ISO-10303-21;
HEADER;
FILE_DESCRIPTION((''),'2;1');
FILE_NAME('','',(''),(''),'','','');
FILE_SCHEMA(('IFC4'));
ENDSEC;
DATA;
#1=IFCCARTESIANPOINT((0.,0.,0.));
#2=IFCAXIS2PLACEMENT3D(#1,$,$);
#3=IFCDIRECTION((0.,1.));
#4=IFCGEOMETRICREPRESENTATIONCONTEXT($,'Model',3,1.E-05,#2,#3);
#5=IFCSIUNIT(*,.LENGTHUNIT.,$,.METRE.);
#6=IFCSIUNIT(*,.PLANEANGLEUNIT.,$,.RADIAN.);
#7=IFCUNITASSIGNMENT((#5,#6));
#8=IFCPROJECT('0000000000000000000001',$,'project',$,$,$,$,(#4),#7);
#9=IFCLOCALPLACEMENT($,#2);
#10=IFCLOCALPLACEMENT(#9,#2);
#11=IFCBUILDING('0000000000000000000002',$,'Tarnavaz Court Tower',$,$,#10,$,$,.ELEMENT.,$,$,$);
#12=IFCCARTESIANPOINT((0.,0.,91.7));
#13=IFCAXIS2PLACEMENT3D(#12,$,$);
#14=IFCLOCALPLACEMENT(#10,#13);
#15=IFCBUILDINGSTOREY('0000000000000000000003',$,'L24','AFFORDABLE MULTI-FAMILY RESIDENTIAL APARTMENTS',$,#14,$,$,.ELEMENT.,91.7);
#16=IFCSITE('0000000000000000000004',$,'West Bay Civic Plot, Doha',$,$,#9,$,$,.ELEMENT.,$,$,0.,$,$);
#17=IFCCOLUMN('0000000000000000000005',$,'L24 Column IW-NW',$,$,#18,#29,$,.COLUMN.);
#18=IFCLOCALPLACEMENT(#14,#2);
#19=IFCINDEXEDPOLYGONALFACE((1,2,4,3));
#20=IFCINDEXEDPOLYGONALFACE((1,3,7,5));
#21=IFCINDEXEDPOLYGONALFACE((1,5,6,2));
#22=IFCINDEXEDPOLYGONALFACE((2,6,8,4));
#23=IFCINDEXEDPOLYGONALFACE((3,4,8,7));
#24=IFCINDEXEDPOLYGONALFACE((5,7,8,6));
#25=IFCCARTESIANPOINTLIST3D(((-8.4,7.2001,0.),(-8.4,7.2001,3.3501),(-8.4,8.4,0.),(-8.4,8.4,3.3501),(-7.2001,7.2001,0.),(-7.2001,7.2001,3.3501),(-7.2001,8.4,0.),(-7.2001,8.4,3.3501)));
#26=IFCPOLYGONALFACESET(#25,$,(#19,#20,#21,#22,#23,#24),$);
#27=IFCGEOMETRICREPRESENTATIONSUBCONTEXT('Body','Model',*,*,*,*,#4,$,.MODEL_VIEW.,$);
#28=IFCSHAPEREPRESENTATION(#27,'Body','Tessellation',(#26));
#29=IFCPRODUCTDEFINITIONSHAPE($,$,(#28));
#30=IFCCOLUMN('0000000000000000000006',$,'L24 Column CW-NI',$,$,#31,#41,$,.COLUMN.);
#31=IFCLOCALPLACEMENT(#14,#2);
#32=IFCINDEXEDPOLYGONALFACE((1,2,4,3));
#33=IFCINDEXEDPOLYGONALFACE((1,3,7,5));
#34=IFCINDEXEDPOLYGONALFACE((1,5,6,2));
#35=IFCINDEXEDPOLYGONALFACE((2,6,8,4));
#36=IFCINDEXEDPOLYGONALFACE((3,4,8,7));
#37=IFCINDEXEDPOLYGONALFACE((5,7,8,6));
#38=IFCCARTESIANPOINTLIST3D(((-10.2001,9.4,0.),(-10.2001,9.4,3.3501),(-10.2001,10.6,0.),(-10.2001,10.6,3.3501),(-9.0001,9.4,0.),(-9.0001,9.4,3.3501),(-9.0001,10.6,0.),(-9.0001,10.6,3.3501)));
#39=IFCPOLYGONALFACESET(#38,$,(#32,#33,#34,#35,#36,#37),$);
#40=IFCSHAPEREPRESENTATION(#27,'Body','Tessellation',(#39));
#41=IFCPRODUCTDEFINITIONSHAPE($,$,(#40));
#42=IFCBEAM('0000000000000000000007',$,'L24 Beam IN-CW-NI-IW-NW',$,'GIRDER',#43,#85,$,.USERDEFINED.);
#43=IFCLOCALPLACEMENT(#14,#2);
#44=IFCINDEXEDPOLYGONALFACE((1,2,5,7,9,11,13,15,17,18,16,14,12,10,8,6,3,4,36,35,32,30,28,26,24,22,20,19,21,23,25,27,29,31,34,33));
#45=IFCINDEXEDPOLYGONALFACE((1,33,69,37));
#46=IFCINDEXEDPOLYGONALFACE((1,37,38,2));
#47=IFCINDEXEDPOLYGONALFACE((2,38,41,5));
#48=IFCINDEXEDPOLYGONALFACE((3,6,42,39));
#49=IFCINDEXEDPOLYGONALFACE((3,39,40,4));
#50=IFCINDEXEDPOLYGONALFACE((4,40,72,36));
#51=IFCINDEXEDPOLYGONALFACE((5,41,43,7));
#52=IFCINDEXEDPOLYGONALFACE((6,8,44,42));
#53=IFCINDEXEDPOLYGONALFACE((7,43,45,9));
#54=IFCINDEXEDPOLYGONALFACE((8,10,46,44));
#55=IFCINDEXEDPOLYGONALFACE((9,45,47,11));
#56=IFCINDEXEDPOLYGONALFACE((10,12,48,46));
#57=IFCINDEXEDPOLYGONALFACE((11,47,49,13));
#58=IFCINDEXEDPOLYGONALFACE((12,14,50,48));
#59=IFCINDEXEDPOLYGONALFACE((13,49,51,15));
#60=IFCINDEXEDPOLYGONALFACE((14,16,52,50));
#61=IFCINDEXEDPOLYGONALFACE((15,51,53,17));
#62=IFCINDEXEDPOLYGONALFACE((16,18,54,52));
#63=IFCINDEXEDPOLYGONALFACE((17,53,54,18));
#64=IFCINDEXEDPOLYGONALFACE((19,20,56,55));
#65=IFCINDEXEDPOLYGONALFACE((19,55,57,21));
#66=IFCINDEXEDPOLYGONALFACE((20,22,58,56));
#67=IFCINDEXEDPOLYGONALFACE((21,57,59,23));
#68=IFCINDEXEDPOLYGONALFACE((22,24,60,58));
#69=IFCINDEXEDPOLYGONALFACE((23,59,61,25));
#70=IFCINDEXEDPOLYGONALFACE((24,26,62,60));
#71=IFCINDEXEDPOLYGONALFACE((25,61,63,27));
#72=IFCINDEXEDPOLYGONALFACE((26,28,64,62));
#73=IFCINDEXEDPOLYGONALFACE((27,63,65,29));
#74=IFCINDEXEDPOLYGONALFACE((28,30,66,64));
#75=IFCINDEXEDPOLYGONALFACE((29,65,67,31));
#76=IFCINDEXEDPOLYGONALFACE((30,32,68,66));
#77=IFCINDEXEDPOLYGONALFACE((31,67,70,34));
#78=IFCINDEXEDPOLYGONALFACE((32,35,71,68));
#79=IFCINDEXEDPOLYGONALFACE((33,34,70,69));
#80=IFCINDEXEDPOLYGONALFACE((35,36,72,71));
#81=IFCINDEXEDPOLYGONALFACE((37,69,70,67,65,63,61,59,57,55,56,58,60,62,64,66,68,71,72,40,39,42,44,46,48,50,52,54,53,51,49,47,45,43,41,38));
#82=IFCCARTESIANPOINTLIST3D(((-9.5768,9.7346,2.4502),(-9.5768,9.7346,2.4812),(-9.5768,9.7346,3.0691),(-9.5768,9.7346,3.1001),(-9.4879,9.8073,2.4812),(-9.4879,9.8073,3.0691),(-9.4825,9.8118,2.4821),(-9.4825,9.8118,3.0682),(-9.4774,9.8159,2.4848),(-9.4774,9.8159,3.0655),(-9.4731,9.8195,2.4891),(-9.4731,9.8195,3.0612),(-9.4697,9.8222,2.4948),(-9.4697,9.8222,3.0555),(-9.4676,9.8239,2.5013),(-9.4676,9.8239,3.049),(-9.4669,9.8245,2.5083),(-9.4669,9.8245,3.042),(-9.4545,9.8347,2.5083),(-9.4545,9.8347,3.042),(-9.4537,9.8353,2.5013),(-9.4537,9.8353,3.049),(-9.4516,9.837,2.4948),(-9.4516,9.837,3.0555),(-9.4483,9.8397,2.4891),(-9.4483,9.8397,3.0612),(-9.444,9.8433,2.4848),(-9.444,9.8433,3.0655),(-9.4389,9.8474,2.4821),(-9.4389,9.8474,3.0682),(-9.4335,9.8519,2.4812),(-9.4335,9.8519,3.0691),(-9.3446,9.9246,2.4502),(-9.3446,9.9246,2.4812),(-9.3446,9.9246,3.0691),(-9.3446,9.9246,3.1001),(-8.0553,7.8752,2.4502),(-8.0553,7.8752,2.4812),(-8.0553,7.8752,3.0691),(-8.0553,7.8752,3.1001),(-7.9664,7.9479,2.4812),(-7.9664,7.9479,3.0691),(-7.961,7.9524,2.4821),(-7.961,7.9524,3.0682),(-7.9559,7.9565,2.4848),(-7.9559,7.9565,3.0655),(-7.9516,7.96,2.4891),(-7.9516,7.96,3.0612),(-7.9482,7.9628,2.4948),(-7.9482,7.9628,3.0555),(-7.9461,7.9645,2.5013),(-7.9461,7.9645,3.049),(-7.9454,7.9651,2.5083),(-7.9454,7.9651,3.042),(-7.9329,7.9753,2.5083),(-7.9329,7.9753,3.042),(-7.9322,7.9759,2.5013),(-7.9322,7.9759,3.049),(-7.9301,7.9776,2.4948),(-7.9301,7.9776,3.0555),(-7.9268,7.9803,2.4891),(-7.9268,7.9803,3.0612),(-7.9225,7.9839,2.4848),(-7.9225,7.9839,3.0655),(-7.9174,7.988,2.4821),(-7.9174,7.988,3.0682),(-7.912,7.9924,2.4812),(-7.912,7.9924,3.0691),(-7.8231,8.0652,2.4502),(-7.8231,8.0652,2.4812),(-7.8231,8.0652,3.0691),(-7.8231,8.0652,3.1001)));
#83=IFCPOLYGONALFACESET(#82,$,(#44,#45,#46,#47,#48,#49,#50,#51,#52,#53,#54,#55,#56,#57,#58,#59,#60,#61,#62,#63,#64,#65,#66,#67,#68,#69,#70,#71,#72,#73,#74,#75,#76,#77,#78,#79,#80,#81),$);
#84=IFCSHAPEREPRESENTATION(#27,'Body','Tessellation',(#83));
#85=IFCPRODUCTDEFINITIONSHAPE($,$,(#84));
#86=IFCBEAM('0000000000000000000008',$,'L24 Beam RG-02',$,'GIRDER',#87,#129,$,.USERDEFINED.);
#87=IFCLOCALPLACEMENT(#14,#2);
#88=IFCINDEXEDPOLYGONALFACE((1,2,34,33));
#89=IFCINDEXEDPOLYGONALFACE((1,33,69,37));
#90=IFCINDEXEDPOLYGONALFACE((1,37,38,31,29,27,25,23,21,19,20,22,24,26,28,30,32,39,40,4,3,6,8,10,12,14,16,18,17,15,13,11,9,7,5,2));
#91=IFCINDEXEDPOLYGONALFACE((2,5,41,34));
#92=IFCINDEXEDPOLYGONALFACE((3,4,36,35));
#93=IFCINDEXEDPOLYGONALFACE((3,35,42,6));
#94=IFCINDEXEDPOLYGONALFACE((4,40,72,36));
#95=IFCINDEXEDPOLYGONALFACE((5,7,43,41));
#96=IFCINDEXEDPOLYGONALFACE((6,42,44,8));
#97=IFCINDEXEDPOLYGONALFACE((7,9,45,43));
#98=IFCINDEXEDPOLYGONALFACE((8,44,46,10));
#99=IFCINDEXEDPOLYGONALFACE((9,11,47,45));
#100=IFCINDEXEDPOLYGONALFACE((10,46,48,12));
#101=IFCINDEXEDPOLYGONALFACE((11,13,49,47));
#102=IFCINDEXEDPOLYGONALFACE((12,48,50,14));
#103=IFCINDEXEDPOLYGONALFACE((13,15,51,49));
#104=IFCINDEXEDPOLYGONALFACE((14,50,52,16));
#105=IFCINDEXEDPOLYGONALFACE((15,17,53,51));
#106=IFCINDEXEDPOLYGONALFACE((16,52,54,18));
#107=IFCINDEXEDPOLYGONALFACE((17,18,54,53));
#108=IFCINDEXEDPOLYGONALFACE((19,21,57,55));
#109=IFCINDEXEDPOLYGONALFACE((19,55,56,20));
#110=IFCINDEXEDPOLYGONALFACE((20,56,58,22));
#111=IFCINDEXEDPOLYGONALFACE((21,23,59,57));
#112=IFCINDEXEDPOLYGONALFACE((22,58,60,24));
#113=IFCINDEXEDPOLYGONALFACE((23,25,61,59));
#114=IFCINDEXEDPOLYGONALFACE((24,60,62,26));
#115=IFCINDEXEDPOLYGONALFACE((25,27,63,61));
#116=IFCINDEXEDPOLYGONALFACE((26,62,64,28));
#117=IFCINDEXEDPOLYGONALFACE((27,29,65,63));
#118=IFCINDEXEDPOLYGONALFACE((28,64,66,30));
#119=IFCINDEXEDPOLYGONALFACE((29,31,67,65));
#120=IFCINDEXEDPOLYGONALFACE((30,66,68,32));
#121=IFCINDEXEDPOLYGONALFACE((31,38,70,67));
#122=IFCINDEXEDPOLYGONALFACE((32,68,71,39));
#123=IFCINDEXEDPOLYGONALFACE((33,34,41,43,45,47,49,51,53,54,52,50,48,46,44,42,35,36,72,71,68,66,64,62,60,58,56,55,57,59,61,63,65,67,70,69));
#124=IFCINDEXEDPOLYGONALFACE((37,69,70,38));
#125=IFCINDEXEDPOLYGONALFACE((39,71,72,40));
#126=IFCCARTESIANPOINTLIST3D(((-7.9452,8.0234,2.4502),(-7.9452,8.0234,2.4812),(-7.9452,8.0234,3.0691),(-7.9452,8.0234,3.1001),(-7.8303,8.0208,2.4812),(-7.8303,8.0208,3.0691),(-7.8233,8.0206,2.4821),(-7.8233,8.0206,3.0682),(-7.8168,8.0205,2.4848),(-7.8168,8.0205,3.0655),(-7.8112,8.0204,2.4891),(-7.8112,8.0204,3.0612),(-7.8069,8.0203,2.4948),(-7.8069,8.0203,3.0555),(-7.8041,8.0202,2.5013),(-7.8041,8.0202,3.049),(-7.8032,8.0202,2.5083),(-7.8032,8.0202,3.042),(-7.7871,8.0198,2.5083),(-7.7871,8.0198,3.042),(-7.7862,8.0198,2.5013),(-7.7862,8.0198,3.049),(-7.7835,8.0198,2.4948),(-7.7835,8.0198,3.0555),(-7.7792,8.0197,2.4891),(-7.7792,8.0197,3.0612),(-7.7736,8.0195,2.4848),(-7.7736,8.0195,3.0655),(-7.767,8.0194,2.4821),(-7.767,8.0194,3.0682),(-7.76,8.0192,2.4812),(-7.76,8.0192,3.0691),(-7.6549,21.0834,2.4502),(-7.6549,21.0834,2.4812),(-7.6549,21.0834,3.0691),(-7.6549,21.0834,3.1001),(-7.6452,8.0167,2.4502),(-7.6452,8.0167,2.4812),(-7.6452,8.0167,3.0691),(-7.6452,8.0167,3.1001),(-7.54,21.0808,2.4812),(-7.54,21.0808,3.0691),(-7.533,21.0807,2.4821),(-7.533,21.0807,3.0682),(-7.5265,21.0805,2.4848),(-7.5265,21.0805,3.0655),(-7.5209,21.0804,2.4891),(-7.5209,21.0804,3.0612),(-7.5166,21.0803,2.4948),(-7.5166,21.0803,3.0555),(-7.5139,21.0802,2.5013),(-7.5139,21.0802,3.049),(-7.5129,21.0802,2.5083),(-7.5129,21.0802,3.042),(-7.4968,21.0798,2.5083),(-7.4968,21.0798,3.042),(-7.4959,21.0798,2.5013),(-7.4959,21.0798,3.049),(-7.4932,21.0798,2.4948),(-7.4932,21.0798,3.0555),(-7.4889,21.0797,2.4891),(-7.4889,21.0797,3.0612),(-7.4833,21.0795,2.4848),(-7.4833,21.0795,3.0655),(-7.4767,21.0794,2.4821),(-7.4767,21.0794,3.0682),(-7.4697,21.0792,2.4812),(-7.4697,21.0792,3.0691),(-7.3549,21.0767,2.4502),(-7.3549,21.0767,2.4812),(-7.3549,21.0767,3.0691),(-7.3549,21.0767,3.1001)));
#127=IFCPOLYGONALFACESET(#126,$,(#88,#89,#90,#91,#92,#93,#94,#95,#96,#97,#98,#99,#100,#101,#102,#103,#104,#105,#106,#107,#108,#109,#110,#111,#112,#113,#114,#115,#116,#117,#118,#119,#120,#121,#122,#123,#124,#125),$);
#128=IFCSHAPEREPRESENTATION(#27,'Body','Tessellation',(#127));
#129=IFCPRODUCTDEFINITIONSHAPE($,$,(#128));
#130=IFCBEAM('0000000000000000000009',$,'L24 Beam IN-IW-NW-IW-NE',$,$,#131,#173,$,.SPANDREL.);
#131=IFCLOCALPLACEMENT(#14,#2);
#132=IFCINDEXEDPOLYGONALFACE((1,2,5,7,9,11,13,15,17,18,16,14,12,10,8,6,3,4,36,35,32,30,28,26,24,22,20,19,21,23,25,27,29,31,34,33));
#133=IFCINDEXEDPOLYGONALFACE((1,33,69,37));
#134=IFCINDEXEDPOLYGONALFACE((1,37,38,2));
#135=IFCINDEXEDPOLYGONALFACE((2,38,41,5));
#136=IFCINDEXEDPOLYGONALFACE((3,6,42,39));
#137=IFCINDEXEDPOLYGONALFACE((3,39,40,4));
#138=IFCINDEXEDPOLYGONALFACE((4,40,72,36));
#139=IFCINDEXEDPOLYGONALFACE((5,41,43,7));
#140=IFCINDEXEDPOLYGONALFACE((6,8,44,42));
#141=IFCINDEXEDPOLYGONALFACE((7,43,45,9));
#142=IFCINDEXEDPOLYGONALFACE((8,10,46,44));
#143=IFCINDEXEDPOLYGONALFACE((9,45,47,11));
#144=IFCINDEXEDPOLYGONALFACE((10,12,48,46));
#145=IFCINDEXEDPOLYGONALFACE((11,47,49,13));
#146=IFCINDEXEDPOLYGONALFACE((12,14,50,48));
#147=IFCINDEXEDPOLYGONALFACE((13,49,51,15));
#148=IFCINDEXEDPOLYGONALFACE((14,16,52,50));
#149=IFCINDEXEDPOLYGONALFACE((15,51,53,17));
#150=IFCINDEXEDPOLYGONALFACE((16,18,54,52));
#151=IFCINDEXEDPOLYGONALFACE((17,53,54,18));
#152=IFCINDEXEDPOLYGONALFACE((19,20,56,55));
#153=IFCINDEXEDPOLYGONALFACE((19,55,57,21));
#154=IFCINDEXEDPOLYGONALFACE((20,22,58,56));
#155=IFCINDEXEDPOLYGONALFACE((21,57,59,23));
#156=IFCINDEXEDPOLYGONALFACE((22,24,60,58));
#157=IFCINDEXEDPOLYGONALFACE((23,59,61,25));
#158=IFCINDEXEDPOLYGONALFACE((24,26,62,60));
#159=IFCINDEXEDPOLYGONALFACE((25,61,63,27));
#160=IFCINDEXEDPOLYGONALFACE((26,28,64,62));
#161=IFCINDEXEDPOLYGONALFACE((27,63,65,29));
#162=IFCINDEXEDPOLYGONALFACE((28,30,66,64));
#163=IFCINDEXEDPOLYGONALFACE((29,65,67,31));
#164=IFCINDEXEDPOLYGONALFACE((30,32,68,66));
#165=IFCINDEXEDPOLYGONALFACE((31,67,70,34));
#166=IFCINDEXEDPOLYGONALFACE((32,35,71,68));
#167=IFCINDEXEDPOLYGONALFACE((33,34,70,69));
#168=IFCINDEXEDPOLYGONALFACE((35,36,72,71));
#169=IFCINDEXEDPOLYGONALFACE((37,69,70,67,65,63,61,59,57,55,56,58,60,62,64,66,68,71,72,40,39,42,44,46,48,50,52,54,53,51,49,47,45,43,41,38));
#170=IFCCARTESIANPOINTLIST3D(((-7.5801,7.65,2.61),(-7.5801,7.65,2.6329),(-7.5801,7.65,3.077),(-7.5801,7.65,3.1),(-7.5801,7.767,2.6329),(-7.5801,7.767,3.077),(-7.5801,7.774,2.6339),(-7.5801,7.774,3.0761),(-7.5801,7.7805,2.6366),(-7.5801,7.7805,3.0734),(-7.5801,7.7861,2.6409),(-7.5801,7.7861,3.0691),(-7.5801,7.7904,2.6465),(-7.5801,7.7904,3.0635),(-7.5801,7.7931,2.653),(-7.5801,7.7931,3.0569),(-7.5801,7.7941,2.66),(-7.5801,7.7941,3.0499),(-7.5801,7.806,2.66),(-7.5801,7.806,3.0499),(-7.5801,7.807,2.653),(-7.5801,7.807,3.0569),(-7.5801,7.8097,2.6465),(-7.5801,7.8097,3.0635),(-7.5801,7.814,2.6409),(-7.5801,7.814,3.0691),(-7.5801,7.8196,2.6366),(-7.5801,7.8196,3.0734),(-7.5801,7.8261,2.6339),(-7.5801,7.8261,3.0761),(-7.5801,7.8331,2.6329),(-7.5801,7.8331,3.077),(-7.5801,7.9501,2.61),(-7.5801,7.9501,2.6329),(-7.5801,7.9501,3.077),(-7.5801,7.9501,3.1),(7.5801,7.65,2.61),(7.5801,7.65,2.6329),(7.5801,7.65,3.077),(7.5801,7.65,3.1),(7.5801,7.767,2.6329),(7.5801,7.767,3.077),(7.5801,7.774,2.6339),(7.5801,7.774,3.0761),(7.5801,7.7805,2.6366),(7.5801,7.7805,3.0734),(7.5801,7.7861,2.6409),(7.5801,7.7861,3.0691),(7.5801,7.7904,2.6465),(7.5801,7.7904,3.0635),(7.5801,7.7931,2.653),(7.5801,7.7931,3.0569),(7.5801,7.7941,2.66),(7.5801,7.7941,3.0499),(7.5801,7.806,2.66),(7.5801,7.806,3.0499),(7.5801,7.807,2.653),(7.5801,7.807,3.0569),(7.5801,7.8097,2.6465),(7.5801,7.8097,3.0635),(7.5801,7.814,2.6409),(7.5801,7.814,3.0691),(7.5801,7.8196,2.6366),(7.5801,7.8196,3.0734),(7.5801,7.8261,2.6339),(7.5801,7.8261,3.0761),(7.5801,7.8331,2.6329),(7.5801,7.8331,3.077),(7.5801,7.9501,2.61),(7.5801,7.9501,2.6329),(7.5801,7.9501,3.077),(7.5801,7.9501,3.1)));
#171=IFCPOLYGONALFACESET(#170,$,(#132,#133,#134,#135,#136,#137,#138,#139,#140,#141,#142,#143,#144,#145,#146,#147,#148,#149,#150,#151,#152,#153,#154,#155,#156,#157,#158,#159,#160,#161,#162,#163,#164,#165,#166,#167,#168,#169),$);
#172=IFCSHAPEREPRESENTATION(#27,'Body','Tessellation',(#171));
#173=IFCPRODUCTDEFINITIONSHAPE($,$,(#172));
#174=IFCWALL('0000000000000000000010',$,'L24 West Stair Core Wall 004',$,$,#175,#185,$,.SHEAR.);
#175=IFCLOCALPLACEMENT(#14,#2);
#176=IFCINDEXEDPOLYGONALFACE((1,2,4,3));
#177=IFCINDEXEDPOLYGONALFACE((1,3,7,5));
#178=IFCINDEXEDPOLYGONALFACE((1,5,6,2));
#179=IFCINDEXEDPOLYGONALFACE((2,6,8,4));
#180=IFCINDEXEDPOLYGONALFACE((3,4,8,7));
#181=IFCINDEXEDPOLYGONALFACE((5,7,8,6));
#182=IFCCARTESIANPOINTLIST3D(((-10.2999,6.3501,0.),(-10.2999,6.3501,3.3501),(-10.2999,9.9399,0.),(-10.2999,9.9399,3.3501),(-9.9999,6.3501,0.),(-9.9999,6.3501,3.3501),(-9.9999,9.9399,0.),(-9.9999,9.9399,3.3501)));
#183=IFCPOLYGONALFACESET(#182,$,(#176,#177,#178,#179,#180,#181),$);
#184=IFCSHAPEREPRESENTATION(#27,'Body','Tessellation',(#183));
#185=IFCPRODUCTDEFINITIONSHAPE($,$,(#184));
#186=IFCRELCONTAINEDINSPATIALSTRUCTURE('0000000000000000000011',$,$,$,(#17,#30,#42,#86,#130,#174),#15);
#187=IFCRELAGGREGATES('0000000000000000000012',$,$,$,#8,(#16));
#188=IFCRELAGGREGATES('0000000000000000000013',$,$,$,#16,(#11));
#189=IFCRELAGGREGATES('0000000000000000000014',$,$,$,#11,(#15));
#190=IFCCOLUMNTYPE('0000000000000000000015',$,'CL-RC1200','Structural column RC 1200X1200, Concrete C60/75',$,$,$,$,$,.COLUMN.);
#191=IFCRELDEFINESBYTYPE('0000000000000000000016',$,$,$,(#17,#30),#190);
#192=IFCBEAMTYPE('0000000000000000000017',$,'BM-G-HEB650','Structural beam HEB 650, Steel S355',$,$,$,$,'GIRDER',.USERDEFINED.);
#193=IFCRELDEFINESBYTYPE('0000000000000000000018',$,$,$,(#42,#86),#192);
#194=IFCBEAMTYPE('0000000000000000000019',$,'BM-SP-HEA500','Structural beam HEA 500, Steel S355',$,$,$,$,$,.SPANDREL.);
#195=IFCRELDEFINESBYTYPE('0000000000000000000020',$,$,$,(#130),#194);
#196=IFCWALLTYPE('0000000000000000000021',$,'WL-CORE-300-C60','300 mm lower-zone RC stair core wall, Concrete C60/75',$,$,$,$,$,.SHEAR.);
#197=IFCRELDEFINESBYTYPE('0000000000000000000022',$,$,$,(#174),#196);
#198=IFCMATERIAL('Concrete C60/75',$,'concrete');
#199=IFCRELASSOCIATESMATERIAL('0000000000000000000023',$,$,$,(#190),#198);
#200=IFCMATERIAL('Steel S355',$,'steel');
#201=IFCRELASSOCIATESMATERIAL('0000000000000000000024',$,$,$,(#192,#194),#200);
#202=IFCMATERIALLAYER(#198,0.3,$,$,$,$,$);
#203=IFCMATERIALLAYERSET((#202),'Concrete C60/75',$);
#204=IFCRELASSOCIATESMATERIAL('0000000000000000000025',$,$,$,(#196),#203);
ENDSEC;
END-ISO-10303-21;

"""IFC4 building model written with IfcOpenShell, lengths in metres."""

from ifc_helpers import new_model, si_unit, direction, frame, frame_2d, origin, origin_2d, place, context, subcontext, project, spatial, rectangle, i_section, extrude, material, layer, layer_set, material_profile, profile_set, type_object, element, save


model = new_model("IFC4")

# Units and contexts
model_context = context("Model", 3, precision=1e-05, world=origin(), true_north=direction((0.0, 1.0)))
body_context = subcontext(model_context, "Body", "Model", "MODEL_VIEW")
ifc_project = project(units=[si_unit("LENGTHUNIT", "METRE"), si_unit("PLANEANGLEUNIT", "RADIAN")], contexts=[model_context])

# Site, building, storey
site_placement = place(None, origin())
site = spatial("IfcSite", under=ifc_project, at=site_placement, Name="West Bay Civic Plot, Doha", CompositionType="ELEMENT", RefElevation=0.0)
building_placement = place(site_placement, origin())
building = spatial("IfcBuilding", under=site, at=building_placement, Name="Tarnavaz Court Tower", CompositionType="ELEMENT")
storey_placement = place(building_placement, frame((0.0, 0.0, 91.7)))
storey = spatial("IfcBuildingStorey", under=building, at=storey_placement, Name="L24", Description="AFFORDABLE MULTI-FAMILY RESIDENTIAL APARTMENTS", CompositionType="ELEMENT", Elevation=91.7)

# Columns
ifc_material_1 = material(Name="Concrete C60/75", Category="concrete")
ifc_material_profile_1 = material_profile(ifc_material_1, rectangle(XDim=1.2, YDim=1.2, at=origin_2d()), Name="RC 1200X1200")
ifc_profile_set_1 = profile_set([ifc_material_profile_1], Name="Concrete C60/75")
column_type = type_object("IfcColumnType", Name="CL-RC1200", Description="Structural column RC 1200X1200, Concrete C60/75", PredefinedType="COLUMN", material=ifc_profile_set_1)
for number, where, z_axis, x_axis, name in (
    (1, (-7.8, 7.8, 0.0), (0.0, 0.0, 1.0), (1.0, 0.0, 0.0), "L24 Column IW-NW"),
    (2, (-9.6001, 10.0, 0.0), (0.0, 0.0, 1.0), (1.0, 0.0, 0.0), "L24 Column CW-NI"),
):
    element("IfcColumn", number, at=place(storey_placement, frame(where, z_axis=z_axis, x_axis=x_axis)), inside=storey, type_object=column_type, Name=name, PredefinedType="COLUMN", context=body_context, shape_type="SweptSolid", body=[
        extrude(rectangle(XDim=1.2, YDim=1.2, at=origin_2d()), origin(), (0.0, 0.0, 1.0), 3.3501),
    ])

# Beams
ifc_material_2 = material(Name="Steel S355", Category="steel")
ifc_material_profile_2 = material_profile(ifc_material_2, i_section(OverallWidth=0.3, OverallDepth=0.6499, WebThickness=0.0161, FlangeThickness=0.031, FilletRadius=0.0271, at=origin_2d()), Name="HEB 650")
ifc_profile_set_2 = profile_set([ifc_material_profile_2], Name="Steel S355")
beam_type_1 = type_object("IfcBeamType", Name="BM-G-HEB650", Description="Structural beam HEB 650, Steel S355", ElementType="GIRDER", PredefinedType="USERDEFINED", material=ifc_profile_set_2)
beam_1_placement = place(storey_placement, frame((-9.4607, 9.8296, 2.7751), z_axis=(0.633282, -0.773921, 0.0), x_axis=(0.773921, 0.633282, 0.0)))
element("IfcBeam", 3, at=beam_1_placement, inside=storey, type_object=beam_type_1, Name="L24 Beam IN-CW-NI-IW-NW", ObjectType="GIRDER", PredefinedType="USERDEFINED", context=body_context, shape_type="SweptSolid", body=[
    extrude(i_section(OverallWidth=0.3, OverallDepth=0.6499, WebThickness=0.0161, FlangeThickness=0.031, FilletRadius=0.0271, at=origin_2d()), origin(), (0.0, 0.0, 1.0), 2.4026),
])
beam_2_placement = place(storey_placement, frame((-7.7952, 8.02, 2.7751), z_axis=(0.022221, 0.999753, 0.0), x_axis=(-0.999753, 0.022221, 0.0)))
element("IfcBeam", 4, at=beam_2_placement, inside=storey, type_object=beam_type_1, Name="L24 Beam RG-02", ObjectType="GIRDER", PredefinedType="USERDEFINED", context=body_context, shape_type="SweptSolid", body=[
    extrude(i_section(OverallWidth=0.3, OverallDepth=0.6499, WebThickness=0.0161, FlangeThickness=0.031, FilletRadius=0.0271, at=origin_2d()), origin(), (0.0, 0.0, 1.0), 13.0632),
])
ifc_material_profile_3 = material_profile(ifc_material_2, i_section(OverallWidth=0.3, OverallDepth=0.49, WebThickness=0.012, FlangeThickness=0.0229, FilletRadius=0.0271, at=origin_2d()), Name="HEA 500")
ifc_profile_set_3 = profile_set([ifc_material_profile_3], Name="Steel S355")
beam_type_2 = type_object("IfcBeamType", Name="BM-SP-HEA500", Description="Structural beam HEA 500, Steel S355", PredefinedType="SPANDREL", material=ifc_profile_set_3)
beam_3_placement = place(storey_placement, frame((-7.5801, 7.8, 2.855), z_axis=(1.0, 0.0, 0.0), x_axis=(0.0, 1.0, 0.0)))
element("IfcBeam", 5, at=beam_3_placement, inside=storey, type_object=beam_type_2, Name="L24 Beam IN-IW-NW-IW-NE", PredefinedType="SPANDREL", context=body_context, shape_type="SweptSolid", body=[
    extrude(i_section(OverallWidth=0.3, OverallDepth=0.49, WebThickness=0.012, FlangeThickness=0.0229, FilletRadius=0.0271, at=origin_2d()), origin(), (0.0, 0.0, 1.0), 15.1602),
])

# Wall
ifc_layer_1 = layer(ifc_material_1, 0.3)
ifc_layer_set_1 = layer_set([ifc_layer_1], Name="Concrete C60/75")
wall_type_1 = type_object("IfcWallType", Name="WL-CORE-300-C60", Description="300 mm lower-zone RC stair core wall, Concrete C60/75", PredefinedType="SHEAR", material=ifc_layer_set_1)
wall_1_placement = place(storey_placement, frame((-10.1499, 6.3501, 0.0), z_axis=(0.0, 0.0, 1.0), x_axis=(0.0, 1.0, 0.0)))
element("IfcWall", 6, at=wall_1_placement, inside=storey, type_object=wall_type_1, Name="L24 West Stair Core Wall 004", PredefinedType="SHEAR", context=body_context, shape_type="SweptSolid", body=[
    extrude(rectangle(XDim=3.5898, YDim=0.3, at=frame_2d((1.7949, 0.0))), origin(), (0.0, 0.0, 1.0), 3.3501),
])

save(model, "model.ifc")
